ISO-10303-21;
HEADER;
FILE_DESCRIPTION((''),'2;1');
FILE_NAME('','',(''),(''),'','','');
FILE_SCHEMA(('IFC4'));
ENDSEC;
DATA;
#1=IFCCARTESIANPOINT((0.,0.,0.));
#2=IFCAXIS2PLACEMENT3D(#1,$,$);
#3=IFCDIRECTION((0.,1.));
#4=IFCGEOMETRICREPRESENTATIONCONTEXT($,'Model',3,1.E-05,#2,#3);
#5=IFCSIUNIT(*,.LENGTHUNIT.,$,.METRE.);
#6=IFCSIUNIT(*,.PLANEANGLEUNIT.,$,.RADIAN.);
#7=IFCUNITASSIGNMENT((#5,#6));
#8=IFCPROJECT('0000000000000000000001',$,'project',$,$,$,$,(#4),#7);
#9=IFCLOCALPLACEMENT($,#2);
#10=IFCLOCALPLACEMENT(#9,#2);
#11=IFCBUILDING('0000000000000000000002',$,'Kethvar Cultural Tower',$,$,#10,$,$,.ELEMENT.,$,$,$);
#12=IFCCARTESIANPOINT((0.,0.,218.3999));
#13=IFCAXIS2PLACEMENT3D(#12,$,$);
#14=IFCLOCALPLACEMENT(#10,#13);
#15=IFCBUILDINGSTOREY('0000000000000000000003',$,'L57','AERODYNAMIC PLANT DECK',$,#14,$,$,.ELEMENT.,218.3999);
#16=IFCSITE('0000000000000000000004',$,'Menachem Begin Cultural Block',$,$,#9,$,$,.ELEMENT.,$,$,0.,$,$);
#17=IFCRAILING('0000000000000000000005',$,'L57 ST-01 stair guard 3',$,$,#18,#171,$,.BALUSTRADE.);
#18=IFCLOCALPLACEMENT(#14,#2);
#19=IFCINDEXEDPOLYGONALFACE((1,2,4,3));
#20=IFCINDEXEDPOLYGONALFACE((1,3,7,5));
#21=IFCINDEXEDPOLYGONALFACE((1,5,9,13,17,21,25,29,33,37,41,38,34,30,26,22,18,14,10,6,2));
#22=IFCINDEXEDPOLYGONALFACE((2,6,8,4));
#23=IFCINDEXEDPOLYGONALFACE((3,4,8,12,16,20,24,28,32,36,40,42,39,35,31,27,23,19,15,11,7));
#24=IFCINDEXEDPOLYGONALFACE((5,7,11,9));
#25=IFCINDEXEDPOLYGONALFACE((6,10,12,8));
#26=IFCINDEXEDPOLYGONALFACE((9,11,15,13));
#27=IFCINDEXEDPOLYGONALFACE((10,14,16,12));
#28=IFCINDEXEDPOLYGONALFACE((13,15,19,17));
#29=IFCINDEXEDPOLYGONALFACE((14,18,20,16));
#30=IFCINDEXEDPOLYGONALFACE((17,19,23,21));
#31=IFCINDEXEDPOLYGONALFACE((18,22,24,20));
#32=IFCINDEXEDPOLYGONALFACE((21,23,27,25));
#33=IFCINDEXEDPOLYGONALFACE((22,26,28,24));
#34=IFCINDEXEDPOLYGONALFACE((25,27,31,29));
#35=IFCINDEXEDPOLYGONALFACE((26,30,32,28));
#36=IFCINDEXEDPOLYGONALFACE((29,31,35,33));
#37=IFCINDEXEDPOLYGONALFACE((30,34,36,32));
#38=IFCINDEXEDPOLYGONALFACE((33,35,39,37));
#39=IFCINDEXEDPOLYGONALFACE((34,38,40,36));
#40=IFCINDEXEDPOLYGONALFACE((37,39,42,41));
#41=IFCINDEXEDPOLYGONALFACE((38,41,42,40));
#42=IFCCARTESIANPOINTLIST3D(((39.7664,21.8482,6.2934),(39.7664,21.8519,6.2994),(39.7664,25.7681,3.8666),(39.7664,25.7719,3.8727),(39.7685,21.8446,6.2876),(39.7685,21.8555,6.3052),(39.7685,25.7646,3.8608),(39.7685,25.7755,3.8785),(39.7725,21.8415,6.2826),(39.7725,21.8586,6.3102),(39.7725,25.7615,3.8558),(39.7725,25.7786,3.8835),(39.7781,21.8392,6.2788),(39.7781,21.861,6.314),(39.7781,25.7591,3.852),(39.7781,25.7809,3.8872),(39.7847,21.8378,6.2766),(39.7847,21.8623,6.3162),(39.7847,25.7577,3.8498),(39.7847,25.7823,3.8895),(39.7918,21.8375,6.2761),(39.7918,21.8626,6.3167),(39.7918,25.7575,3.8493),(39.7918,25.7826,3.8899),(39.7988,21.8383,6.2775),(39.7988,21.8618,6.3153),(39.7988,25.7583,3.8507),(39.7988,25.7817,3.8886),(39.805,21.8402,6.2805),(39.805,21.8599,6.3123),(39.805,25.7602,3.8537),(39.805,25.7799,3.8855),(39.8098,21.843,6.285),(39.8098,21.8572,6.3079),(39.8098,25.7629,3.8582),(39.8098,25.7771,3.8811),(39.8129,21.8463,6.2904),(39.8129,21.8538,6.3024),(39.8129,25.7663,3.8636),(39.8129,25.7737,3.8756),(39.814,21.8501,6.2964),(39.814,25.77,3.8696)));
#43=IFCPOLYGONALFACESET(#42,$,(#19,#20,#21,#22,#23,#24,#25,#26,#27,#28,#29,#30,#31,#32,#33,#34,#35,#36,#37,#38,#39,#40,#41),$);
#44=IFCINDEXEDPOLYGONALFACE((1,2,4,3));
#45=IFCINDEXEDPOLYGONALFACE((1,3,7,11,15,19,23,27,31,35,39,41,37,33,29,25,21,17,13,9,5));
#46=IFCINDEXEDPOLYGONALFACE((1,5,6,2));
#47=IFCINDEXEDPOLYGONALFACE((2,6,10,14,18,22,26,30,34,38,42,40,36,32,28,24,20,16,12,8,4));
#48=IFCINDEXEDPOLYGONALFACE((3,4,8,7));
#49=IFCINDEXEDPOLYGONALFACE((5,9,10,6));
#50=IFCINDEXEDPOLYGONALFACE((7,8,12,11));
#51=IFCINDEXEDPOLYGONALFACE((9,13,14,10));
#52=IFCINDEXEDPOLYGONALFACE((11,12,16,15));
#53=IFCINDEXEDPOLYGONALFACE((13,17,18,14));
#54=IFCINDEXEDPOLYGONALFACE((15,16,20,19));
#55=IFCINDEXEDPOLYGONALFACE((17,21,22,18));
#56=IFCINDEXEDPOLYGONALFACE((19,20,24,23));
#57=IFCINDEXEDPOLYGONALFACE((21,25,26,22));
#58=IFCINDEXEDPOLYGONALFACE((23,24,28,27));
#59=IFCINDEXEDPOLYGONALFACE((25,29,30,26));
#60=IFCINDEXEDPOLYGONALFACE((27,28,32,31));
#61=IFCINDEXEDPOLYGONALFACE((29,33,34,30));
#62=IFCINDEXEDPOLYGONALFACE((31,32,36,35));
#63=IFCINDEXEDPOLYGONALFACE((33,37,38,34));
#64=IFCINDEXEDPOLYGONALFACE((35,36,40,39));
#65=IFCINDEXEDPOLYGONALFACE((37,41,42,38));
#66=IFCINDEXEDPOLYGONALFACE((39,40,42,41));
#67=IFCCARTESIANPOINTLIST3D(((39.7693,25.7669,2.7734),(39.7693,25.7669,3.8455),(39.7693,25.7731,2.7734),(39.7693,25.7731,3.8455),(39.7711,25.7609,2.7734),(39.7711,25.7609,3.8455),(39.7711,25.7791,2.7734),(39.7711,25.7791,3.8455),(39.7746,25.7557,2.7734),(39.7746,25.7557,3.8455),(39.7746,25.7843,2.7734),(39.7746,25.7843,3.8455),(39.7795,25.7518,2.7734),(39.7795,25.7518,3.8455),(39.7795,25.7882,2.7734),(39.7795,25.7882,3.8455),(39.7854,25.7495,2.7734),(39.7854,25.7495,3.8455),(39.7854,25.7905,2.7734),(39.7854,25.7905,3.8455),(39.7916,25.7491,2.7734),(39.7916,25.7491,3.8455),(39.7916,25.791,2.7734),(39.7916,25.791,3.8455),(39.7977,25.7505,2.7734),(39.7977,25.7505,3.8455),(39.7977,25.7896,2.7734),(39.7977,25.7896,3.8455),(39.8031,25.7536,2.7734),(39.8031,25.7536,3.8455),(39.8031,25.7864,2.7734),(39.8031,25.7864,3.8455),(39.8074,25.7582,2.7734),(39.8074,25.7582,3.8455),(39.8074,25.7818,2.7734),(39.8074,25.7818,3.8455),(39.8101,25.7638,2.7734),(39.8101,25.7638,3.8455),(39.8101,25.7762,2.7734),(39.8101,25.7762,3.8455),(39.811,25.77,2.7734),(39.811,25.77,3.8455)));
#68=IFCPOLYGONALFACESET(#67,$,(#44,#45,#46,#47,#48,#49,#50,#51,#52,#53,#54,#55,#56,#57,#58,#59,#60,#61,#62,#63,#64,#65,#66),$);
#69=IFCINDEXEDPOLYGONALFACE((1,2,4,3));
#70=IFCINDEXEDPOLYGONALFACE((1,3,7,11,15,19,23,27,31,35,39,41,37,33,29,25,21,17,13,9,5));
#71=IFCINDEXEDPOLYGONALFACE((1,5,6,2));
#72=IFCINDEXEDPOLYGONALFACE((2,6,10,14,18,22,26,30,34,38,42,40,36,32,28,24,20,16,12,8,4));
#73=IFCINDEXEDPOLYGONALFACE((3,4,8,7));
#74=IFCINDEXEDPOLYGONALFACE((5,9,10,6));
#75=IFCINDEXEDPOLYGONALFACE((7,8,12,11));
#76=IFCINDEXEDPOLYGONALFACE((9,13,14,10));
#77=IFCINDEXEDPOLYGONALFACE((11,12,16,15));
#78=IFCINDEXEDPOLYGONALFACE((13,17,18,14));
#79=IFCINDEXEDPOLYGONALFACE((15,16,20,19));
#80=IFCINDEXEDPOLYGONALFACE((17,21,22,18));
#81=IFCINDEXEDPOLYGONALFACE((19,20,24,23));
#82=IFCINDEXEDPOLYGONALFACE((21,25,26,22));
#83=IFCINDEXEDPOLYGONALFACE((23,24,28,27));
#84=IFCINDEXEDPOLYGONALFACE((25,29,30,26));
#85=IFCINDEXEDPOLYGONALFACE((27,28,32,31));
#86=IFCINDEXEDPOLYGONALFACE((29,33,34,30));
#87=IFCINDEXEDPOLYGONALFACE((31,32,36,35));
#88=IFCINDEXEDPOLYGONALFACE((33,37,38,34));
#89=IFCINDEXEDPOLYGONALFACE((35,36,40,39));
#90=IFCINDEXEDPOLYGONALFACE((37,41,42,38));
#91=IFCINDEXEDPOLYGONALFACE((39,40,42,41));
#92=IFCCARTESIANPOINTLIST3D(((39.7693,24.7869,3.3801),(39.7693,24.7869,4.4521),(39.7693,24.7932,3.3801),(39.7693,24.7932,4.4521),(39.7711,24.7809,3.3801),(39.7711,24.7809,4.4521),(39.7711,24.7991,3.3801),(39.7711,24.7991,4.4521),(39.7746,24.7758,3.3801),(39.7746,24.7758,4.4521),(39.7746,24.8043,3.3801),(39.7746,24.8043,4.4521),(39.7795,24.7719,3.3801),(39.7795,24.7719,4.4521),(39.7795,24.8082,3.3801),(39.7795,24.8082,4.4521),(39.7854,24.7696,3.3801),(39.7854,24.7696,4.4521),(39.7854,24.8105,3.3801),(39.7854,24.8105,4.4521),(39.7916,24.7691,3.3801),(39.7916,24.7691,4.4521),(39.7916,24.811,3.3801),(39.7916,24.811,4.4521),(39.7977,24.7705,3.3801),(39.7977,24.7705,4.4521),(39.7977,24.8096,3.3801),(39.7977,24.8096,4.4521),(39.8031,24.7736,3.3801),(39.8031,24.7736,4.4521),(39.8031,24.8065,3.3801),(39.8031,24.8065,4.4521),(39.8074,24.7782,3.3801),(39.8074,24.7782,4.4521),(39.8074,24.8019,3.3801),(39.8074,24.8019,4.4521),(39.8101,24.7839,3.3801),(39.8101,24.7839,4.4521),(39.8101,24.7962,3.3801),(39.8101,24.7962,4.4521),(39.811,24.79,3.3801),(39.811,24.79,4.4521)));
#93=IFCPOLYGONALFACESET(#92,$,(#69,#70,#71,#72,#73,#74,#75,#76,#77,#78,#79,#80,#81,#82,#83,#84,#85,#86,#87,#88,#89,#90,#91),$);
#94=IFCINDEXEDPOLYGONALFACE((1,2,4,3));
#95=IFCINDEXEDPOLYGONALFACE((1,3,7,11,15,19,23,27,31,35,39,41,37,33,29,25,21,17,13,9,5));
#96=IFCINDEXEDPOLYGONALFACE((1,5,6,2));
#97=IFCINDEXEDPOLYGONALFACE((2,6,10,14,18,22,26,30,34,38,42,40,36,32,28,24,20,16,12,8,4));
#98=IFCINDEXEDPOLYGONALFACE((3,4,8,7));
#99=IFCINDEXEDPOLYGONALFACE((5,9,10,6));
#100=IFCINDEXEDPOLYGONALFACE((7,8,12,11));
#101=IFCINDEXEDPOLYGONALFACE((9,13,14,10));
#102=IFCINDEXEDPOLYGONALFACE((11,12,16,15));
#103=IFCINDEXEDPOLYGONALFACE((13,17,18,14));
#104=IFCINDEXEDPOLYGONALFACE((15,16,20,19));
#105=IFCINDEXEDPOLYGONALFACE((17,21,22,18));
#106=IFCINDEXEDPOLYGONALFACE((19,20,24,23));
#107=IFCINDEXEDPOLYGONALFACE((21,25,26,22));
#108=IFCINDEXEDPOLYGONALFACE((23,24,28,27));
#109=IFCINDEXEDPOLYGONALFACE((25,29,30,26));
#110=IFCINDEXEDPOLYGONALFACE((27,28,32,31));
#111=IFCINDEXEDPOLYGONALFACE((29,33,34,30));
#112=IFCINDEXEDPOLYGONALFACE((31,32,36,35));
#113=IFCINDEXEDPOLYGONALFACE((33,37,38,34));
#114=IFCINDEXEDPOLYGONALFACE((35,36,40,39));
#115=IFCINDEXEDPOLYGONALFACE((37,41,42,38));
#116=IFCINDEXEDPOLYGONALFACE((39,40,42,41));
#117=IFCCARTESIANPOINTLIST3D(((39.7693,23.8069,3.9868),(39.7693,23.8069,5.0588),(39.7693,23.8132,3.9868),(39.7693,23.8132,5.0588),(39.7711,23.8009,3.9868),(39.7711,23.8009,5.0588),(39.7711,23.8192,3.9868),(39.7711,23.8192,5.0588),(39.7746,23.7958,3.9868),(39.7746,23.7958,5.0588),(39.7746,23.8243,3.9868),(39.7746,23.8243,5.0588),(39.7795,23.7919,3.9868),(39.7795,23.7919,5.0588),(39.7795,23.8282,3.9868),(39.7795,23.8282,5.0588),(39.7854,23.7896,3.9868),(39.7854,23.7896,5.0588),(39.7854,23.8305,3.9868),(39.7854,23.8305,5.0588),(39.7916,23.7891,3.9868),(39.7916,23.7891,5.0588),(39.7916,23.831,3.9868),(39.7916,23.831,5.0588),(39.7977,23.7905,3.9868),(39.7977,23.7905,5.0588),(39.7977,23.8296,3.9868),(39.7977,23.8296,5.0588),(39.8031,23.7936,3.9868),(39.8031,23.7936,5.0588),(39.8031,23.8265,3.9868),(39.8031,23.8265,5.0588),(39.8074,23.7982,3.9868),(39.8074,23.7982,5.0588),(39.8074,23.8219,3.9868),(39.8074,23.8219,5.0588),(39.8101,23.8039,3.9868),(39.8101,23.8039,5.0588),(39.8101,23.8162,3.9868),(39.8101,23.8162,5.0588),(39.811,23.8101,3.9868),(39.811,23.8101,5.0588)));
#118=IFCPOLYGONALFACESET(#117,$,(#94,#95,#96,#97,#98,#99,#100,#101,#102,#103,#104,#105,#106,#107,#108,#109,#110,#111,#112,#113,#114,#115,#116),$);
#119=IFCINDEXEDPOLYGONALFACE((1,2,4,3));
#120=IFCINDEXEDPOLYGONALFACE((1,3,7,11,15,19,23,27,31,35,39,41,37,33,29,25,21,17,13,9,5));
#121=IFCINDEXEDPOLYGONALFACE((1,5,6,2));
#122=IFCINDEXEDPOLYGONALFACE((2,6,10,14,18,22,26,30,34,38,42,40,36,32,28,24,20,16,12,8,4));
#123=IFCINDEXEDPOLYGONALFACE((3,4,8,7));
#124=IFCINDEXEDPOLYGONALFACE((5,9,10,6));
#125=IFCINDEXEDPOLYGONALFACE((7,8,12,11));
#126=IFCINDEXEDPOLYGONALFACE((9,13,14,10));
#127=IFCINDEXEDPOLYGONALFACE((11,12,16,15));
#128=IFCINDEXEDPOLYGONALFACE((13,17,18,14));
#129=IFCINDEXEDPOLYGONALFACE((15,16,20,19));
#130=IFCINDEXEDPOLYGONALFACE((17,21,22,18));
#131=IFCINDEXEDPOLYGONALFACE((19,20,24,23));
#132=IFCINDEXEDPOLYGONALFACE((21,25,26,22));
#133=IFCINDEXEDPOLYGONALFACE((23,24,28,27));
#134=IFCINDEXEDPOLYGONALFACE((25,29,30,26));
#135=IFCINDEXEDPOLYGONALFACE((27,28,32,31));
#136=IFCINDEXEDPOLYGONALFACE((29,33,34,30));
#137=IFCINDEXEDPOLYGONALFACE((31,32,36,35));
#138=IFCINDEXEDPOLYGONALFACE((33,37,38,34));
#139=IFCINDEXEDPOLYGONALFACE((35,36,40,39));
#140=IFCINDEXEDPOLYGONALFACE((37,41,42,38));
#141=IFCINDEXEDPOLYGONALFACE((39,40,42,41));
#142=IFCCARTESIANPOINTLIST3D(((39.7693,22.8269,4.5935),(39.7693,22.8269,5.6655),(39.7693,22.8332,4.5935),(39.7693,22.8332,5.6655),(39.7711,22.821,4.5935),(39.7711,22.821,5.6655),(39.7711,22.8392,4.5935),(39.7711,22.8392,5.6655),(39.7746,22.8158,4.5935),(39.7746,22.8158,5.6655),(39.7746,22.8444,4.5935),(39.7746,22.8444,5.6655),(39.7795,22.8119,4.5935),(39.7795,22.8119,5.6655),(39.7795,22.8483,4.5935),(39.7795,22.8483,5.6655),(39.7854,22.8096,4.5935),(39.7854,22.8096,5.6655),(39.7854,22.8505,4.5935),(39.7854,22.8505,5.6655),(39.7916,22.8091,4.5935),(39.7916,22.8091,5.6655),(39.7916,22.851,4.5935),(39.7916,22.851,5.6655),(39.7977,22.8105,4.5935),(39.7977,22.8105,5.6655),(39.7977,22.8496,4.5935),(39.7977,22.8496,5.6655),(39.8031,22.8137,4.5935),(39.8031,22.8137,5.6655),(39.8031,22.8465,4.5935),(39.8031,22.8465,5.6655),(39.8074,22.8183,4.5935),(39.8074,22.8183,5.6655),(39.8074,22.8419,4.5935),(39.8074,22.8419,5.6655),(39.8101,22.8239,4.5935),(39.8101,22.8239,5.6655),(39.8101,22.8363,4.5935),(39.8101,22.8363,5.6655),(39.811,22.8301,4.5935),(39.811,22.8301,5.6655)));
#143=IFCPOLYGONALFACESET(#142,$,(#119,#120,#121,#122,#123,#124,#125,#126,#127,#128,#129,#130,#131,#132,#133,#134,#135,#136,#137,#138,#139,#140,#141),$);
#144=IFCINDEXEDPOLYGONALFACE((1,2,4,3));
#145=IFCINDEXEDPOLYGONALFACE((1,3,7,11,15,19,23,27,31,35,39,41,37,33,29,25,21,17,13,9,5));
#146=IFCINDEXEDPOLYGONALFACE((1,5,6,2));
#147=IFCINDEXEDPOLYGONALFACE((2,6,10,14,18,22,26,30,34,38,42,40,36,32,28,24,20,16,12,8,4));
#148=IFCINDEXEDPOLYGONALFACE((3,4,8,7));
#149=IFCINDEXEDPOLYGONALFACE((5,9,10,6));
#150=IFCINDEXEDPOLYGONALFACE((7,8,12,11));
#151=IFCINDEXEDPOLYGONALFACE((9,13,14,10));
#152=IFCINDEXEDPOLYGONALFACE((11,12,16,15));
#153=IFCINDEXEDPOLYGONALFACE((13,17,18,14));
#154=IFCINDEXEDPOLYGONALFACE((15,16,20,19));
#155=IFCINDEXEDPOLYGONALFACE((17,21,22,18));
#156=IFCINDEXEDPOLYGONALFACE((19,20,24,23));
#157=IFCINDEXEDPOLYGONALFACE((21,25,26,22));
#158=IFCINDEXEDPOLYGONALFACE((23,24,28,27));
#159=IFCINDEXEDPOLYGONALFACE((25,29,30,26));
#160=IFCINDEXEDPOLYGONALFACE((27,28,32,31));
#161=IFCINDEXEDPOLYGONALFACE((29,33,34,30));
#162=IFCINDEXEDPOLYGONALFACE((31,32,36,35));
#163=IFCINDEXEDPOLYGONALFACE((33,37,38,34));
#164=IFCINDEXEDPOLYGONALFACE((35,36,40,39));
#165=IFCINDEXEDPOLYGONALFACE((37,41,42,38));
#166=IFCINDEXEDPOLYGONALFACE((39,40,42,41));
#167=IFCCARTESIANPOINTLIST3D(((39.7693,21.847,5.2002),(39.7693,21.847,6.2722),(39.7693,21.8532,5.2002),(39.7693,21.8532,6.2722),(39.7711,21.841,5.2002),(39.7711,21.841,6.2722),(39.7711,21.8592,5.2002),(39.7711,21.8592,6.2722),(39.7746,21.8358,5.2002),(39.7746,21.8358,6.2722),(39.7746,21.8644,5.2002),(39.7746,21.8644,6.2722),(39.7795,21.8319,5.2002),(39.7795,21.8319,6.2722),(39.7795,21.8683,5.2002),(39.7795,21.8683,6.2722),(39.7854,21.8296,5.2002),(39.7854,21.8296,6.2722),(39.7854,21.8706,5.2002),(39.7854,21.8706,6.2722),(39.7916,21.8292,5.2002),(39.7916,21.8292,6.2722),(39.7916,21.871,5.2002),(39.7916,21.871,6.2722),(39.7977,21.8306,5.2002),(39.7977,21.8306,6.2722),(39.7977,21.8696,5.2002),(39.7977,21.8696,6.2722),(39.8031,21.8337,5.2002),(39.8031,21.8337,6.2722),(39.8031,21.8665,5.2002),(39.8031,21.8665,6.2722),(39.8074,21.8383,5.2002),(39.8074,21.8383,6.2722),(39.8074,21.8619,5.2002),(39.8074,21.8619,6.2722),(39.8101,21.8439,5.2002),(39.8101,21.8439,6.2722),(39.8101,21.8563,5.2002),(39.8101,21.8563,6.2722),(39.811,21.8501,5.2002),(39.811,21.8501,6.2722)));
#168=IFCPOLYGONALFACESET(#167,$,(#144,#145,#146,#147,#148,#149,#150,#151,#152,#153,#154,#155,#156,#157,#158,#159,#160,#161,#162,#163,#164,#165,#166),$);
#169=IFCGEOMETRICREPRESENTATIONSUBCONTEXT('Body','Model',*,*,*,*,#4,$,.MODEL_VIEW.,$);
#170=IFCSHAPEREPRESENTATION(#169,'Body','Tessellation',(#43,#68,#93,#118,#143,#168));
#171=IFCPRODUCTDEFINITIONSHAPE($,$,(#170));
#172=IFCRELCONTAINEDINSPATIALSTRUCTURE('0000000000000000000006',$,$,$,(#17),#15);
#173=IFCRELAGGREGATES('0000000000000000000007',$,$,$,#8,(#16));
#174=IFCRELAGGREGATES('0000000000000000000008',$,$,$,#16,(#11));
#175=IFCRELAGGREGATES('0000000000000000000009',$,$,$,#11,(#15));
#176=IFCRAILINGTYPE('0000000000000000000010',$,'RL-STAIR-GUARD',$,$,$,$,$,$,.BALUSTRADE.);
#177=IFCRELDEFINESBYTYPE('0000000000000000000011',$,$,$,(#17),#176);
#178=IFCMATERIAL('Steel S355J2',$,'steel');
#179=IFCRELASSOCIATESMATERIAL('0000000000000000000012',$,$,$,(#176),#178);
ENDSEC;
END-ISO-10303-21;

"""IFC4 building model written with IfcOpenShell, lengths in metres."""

from ifc_helpers import new_model, si_unit, direction, frame, origin, origin_2d, place, context, subcontext, project, spatial, circle, extrude, material, type_object, element, save


model = new_model("IFC4")

# Units and contexts
model_context = context("Model", 3, precision=1e-05, world=origin(), true_north=direction((0.0, 1.0)))
body_context = subcontext(model_context, "Body", "Model", "MODEL_VIEW")
ifc_project = project(units=[si_unit("LENGTHUNIT", "METRE"), si_unit("PLANEANGLEUNIT", "RADIAN")], contexts=[model_context])

# Site, building, storey
site_placement = place(None, origin())
site = spatial("IfcSite", under=ifc_project, at=site_placement, Name="Menachem Begin Cultural Block", CompositionType="ELEMENT", RefElevation=0.0)
building_placement = place(site_placement, origin())
building = spatial("IfcBuilding", under=site, at=building_placement, Name="Kethvar Cultural Tower", CompositionType="ELEMENT")
storey_placement = place(building_placement, frame((0.0, 0.0, 218.3999)))
storey = spatial("IfcBuildingStorey", under=building, at=storey_placement, Name="L57", Description="AERODYNAMIC PLANT DECK", CompositionType="ELEMENT", Elevation=218.3999)

# Shared definitions
ifc_material_1 = material(Name="Steel S355J2", Category="steel")

# Railing
railing_type_1 = type_object("IfcRailingType", Name="RL-STAIR-GUARD", PredefinedType="BALUSTRADE", material=ifc_material_1)
railing_1_placement = place(storey_placement, frame((39.79, 25.77, 2.7734)))
element("IfcRailing", 1, at=railing_1_placement, inside=storey, type_object=railing_type_1, Name="L57 ST-01 stair guard 3", PredefinedType="BALUSTRADE", context=body_context, shape_type="SweptSolid", body=[
    extrude(circle(Radius=0.0239, at=origin_2d()), frame((0.0, 0.0, 1.0962), z_axis=(0.0, -0.850252, 0.526376), x_axis=(1.0, 0.0, 0.0)), (0.0, 0.0, 1.0), 4.6104),
    extrude(circle(Radius=0.021, at=origin_2d()), origin(), (0.0, 0.0, 1.0), 1.072),
    extrude(circle(Radius=0.021, at=origin_2d()), frame((0.0, -0.98, 0.6067)), (0.0, 0.0, 1.0), 1.072),
    extrude(circle(Radius=0.021, at=origin_2d()), frame((0.0, -1.96, 1.2134)), (0.0, 0.0, 1.0), 1.072),
    extrude(circle(Radius=0.021, at=origin_2d()), frame((0.0, -2.9399, 1.8201)), (0.0, 0.0, 1.0), 1.072),
    extrude(circle(Radius=0.021, at=origin_2d()), frame((0.0, -3.9199, 2.4268)), (0.0, 0.0, 1.0), 1.072),
])

save(model, "model.ifc")
